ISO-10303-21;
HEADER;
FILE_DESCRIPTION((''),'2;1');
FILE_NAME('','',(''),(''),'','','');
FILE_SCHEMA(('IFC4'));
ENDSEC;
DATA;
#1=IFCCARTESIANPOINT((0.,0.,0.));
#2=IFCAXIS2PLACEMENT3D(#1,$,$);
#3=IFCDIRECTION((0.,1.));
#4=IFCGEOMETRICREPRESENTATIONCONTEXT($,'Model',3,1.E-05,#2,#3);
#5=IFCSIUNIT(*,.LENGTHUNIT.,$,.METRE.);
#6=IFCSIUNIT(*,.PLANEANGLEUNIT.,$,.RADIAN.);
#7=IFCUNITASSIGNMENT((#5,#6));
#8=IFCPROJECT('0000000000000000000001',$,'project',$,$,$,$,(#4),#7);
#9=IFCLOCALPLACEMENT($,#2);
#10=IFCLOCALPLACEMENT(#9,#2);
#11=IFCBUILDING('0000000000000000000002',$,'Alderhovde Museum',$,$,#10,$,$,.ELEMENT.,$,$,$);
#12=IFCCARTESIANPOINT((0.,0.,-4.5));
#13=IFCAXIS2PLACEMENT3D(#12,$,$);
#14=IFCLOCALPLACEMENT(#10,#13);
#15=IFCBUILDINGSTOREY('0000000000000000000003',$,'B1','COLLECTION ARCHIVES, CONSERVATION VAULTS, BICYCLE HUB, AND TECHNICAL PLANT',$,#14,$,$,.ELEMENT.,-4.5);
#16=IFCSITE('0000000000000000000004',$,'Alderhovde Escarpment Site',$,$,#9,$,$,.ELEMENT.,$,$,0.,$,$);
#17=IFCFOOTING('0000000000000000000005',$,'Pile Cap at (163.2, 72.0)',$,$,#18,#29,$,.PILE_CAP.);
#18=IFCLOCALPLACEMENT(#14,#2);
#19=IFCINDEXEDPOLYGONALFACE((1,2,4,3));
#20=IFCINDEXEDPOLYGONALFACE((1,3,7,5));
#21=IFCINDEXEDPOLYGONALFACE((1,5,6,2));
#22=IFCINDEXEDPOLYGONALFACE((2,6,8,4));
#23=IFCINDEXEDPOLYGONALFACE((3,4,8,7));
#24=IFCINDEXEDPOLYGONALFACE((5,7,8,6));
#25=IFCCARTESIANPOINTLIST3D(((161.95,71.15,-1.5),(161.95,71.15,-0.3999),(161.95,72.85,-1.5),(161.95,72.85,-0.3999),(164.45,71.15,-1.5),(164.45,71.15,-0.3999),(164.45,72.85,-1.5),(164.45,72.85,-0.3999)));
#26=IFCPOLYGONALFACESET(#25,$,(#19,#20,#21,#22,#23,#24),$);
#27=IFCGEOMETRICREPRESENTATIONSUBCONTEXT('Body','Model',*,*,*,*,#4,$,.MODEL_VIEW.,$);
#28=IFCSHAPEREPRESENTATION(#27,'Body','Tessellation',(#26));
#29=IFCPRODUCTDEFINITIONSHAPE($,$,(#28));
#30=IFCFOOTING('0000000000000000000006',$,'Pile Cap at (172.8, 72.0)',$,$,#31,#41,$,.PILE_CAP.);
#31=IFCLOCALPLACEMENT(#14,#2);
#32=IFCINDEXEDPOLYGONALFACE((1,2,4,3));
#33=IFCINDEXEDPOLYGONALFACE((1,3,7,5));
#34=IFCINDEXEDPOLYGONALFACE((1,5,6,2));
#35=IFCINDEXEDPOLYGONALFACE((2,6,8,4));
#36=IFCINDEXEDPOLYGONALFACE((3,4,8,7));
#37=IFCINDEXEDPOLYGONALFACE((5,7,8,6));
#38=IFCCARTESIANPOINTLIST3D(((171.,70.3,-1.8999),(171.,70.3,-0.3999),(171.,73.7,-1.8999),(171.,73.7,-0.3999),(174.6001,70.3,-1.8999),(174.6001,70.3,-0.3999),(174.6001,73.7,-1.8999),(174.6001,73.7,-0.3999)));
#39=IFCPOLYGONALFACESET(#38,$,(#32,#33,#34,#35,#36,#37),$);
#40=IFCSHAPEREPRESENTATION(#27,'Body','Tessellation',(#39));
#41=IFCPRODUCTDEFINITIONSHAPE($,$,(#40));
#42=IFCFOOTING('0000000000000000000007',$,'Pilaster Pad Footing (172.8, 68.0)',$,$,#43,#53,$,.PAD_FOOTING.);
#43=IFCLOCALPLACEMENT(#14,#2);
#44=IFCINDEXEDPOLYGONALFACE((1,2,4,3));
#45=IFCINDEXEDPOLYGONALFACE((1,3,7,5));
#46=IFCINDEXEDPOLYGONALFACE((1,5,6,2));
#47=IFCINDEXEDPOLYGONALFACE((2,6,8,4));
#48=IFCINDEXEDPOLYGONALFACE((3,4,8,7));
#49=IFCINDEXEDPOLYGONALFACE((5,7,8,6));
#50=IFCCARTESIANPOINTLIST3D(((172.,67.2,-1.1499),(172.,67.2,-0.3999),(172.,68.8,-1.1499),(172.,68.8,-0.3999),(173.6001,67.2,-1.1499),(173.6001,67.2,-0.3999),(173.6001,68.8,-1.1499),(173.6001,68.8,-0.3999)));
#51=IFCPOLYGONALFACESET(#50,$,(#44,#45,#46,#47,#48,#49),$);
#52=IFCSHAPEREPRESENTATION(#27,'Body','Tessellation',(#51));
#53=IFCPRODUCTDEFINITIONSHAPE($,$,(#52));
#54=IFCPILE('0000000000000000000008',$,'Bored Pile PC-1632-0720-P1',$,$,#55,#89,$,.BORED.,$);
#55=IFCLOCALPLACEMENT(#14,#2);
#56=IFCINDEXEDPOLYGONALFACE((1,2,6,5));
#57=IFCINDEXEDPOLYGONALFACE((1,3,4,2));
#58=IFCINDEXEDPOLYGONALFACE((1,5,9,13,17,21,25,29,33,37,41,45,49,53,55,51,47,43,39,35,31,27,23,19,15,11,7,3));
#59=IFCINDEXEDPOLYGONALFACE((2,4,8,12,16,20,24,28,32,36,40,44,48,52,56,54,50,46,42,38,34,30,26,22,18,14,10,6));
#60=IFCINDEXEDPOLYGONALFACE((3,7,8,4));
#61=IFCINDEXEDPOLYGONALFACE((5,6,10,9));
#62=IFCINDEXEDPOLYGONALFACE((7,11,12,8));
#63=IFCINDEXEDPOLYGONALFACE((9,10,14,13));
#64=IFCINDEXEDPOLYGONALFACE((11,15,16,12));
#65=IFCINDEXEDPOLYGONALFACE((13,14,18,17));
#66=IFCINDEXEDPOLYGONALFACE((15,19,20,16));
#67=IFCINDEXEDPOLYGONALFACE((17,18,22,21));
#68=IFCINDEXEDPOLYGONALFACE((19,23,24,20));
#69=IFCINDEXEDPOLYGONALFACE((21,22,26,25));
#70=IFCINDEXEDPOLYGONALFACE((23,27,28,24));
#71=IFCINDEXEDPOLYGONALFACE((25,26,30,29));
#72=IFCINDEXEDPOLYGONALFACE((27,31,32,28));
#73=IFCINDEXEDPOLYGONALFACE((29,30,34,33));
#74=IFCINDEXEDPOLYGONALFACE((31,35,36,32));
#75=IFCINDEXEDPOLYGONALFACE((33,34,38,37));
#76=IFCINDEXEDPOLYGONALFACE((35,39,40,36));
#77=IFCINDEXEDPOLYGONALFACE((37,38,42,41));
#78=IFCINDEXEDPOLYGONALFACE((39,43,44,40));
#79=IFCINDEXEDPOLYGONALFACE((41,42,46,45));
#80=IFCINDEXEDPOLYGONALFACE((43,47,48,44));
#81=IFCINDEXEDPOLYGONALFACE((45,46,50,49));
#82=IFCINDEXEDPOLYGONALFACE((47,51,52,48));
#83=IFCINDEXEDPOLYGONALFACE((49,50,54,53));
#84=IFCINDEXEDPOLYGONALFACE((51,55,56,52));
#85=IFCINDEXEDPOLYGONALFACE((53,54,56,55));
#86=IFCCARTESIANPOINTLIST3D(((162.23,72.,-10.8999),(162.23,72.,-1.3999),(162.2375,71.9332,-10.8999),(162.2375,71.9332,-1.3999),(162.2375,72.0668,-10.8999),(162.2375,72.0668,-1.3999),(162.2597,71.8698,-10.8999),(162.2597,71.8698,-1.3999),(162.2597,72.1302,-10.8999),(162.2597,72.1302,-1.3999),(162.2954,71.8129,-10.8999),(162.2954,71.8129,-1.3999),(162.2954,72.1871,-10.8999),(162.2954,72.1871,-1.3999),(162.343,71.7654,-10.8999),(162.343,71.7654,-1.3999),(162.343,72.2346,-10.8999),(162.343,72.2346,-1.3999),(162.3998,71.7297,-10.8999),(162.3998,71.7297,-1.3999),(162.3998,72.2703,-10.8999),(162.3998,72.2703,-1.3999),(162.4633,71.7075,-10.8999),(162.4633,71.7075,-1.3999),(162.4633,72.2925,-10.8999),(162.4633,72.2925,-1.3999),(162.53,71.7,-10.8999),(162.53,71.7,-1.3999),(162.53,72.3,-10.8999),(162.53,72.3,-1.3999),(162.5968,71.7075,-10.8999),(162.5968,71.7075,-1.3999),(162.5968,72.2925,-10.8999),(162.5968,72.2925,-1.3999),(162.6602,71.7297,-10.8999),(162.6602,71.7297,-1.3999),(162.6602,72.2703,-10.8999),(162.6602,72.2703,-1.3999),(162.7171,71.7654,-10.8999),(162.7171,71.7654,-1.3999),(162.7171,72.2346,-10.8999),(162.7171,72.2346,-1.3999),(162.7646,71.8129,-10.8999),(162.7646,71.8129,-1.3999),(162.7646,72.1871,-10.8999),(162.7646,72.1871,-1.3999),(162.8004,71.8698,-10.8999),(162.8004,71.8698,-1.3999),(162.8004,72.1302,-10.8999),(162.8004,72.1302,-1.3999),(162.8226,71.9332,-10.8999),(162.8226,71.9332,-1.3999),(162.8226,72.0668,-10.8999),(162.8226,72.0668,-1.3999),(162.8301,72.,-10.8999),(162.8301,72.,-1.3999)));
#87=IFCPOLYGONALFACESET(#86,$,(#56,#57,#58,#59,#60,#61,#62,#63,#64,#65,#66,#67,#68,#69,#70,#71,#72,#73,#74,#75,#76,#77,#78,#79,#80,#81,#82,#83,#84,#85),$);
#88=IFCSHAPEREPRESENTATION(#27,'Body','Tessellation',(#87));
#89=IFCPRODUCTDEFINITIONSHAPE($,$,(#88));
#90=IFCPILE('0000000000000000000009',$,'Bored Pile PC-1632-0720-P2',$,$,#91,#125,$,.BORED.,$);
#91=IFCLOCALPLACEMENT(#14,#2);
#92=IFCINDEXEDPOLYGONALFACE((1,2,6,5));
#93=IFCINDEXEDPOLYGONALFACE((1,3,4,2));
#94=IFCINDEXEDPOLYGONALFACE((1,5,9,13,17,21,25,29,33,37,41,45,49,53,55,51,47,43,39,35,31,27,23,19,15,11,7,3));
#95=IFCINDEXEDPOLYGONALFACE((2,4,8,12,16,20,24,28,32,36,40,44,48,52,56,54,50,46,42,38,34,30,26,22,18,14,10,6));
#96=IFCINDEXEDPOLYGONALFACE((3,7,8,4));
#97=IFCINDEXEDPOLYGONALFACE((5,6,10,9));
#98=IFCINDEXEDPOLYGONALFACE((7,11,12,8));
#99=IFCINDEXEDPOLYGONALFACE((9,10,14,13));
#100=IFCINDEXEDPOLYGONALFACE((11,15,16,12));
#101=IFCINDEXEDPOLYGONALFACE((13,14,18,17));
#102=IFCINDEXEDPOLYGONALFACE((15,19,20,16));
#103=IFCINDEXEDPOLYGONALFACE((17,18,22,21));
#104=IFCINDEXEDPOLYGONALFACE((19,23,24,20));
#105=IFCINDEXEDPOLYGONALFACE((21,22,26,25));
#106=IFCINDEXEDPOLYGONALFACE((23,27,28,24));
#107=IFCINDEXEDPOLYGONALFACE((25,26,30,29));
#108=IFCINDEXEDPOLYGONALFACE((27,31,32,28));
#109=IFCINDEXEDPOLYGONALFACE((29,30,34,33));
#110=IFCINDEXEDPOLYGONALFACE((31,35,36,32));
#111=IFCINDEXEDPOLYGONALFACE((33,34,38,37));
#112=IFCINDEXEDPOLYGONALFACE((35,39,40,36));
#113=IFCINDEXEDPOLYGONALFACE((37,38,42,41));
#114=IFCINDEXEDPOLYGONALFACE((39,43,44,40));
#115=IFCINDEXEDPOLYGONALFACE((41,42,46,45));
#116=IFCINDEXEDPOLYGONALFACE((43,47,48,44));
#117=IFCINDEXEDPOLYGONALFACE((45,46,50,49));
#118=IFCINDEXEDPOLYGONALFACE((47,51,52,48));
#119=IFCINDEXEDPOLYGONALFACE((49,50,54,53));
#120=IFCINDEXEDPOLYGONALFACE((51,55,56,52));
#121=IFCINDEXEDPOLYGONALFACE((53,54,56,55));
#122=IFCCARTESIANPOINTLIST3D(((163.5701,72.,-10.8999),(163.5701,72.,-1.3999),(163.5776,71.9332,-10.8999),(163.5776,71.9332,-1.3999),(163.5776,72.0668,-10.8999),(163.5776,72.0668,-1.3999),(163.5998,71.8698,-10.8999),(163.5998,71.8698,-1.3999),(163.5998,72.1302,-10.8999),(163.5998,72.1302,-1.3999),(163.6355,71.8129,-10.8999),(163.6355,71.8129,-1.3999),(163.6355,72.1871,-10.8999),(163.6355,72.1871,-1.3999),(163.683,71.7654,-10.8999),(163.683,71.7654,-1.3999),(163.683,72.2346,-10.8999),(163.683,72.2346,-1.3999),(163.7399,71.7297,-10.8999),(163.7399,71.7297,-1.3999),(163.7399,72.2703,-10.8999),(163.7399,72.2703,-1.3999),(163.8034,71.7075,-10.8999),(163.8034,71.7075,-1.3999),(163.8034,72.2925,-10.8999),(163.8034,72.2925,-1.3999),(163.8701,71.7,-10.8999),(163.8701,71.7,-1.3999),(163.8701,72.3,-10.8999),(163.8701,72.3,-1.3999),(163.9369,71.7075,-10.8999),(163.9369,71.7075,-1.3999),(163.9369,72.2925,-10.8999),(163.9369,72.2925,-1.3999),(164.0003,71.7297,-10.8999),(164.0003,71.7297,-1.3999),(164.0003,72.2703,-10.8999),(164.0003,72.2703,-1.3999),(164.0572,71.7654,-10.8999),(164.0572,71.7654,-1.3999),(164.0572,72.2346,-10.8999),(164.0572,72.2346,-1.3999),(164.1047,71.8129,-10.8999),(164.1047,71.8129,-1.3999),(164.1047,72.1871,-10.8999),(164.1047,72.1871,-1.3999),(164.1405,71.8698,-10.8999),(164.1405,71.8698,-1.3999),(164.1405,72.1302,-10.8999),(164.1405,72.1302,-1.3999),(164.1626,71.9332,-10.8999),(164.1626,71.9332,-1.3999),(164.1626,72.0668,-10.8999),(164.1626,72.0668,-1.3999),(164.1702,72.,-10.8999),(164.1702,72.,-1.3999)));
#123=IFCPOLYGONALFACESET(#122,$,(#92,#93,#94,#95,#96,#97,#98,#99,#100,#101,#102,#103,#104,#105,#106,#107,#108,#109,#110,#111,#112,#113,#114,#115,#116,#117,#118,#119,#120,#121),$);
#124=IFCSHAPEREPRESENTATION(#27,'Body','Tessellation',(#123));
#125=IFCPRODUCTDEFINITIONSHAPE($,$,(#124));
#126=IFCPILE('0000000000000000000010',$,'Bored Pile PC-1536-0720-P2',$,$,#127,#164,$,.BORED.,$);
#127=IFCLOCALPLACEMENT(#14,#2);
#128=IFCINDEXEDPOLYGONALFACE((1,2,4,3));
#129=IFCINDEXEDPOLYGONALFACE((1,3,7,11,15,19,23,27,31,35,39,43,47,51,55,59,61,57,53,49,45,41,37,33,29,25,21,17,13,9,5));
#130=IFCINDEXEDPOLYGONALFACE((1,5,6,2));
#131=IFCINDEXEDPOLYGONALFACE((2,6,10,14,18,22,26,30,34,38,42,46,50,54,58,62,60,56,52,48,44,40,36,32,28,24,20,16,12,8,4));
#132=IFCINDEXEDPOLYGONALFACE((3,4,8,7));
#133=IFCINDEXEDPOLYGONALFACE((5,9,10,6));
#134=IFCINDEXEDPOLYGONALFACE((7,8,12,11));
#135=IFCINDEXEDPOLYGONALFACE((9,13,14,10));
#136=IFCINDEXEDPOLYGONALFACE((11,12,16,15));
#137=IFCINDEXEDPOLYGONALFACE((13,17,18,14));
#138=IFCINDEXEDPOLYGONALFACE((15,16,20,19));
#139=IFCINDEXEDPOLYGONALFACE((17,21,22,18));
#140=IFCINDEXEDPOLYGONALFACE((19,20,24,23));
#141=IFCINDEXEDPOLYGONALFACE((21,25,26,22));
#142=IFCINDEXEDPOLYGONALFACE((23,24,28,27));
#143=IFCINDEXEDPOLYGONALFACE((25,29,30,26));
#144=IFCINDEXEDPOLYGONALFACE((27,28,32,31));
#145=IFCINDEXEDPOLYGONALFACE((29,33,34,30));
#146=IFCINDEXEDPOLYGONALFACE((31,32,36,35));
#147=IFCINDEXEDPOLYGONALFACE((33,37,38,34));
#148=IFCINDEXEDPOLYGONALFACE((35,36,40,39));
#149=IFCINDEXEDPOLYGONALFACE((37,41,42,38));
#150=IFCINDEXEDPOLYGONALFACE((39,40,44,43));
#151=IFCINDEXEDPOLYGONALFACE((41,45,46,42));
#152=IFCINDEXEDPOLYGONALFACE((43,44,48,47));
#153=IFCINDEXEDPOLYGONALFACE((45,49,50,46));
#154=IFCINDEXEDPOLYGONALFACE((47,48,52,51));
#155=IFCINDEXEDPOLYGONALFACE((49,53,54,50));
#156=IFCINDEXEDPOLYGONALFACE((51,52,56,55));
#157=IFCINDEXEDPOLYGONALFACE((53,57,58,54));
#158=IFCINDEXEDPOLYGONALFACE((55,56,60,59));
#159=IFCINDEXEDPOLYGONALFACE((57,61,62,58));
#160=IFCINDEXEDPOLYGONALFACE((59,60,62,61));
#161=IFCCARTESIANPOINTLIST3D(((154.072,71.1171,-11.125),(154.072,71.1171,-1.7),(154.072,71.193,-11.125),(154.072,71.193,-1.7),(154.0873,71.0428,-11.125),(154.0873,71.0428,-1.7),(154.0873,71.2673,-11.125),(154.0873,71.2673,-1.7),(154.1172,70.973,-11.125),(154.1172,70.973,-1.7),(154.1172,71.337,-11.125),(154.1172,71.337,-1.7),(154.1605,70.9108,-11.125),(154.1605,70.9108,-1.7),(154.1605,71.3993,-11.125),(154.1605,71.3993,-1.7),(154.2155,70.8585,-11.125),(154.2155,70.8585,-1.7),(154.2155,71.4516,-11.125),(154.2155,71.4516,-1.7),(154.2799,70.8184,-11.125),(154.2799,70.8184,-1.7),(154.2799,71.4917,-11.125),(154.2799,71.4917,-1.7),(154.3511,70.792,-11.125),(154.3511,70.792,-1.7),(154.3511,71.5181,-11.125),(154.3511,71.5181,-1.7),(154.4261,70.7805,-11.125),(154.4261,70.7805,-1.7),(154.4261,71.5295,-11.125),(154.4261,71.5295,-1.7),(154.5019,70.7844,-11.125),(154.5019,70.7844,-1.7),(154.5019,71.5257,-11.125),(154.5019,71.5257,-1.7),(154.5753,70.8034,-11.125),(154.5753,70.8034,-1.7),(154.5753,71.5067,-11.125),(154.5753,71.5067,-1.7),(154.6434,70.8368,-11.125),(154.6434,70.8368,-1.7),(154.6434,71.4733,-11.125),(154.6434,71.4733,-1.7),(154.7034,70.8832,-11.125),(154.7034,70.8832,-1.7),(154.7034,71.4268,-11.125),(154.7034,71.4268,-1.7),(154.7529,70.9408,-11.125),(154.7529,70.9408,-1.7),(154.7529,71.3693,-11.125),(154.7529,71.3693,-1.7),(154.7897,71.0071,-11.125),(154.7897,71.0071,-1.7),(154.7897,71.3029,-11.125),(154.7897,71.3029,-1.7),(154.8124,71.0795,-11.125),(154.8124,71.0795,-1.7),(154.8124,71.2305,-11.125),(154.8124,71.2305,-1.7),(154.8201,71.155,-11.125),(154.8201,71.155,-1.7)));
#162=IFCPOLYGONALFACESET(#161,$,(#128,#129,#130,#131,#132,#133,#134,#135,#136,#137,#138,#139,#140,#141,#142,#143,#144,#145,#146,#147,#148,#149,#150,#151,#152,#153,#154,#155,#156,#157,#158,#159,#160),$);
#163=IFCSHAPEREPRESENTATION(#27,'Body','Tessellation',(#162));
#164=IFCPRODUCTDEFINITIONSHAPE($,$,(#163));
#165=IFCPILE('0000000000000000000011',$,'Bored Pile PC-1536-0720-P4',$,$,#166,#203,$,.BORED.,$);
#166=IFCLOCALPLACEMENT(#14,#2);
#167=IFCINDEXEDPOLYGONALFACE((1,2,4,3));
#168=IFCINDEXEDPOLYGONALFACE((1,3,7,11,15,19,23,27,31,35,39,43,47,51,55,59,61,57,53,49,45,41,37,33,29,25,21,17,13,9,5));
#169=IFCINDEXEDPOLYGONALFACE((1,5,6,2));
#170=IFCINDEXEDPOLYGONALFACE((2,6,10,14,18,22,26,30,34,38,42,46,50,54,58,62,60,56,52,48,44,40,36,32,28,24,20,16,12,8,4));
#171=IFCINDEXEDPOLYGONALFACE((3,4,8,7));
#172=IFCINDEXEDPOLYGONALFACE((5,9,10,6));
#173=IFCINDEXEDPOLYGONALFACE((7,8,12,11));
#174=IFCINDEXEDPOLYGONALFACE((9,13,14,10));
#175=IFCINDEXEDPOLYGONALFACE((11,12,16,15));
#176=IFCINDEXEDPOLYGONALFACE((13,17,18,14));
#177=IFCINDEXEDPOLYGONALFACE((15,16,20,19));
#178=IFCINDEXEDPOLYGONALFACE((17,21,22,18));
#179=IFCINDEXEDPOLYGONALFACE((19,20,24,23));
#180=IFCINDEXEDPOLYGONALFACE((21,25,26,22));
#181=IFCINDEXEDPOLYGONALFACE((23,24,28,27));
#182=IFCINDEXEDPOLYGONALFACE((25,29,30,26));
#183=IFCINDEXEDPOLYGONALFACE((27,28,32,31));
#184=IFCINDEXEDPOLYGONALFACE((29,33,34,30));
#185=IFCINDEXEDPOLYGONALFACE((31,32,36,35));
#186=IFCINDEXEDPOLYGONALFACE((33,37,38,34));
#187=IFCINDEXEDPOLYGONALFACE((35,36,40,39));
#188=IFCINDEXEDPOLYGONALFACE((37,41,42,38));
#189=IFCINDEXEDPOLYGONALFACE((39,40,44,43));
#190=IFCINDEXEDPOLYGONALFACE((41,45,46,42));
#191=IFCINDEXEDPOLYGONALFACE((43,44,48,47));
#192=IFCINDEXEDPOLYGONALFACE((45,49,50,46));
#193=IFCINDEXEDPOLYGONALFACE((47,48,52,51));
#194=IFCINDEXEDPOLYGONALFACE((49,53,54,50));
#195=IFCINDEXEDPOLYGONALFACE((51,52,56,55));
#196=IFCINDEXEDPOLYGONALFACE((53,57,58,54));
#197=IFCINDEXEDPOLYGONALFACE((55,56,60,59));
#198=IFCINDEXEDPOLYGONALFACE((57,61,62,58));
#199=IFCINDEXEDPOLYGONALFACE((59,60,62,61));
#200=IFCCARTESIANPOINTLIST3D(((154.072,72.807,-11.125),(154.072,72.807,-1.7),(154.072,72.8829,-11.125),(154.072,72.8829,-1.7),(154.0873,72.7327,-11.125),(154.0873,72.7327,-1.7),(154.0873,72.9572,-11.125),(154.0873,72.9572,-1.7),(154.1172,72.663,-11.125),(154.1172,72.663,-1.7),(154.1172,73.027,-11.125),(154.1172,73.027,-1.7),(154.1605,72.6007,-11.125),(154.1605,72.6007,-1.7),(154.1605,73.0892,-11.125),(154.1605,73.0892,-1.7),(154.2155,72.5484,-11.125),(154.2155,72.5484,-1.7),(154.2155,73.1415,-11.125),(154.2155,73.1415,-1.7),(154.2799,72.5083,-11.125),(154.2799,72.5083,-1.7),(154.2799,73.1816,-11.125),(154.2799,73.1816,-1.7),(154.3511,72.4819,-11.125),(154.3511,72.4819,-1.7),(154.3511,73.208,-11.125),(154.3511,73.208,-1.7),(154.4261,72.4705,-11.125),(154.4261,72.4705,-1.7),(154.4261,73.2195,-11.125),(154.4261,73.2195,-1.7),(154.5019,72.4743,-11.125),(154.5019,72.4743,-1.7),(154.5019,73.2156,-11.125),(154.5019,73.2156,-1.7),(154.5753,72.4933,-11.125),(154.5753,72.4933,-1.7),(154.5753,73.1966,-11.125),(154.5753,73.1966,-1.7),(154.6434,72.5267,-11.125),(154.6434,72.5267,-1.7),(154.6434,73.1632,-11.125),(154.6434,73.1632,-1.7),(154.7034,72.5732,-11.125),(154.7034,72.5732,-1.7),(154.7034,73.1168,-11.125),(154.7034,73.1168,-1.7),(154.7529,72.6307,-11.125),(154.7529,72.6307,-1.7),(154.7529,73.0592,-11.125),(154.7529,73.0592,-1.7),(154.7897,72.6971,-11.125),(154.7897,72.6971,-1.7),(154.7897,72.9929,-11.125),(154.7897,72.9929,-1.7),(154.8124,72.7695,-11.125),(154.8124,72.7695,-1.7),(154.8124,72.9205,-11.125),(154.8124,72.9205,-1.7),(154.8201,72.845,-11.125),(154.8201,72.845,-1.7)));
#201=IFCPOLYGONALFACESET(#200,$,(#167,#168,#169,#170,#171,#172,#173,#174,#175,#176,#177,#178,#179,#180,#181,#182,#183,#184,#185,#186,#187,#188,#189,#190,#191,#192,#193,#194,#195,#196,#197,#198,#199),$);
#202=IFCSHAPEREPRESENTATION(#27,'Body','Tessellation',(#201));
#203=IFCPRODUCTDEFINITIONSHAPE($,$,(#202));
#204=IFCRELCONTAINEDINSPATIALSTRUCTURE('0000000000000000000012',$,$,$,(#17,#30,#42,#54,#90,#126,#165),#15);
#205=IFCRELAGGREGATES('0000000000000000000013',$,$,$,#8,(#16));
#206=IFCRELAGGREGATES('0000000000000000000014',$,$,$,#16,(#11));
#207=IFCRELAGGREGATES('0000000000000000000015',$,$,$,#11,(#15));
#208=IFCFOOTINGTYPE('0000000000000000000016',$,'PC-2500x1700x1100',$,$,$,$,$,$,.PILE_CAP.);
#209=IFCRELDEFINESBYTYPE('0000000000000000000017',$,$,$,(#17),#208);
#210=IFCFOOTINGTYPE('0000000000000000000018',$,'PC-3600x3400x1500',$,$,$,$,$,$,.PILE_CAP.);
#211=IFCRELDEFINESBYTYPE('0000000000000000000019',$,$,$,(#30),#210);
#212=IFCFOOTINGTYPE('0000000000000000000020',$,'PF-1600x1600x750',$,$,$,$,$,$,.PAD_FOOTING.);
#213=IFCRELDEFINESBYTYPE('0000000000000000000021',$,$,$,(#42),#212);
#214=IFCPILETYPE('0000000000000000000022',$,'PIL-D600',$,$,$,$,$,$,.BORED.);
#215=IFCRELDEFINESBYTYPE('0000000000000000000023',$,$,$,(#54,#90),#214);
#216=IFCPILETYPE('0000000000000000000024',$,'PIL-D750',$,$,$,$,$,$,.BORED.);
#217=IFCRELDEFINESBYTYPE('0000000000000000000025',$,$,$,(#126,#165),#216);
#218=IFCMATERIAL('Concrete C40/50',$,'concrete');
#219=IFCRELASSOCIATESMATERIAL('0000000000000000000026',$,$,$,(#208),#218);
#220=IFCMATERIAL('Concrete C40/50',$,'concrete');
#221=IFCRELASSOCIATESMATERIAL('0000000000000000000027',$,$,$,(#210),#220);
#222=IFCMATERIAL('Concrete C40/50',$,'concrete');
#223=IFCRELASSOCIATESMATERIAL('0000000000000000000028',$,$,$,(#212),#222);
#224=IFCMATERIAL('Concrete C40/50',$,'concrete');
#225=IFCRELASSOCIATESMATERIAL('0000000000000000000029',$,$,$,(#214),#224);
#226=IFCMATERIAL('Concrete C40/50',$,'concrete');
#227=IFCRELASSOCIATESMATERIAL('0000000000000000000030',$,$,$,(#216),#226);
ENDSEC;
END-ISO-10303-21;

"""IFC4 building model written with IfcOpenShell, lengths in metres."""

from ifc_helpers import new_model, si_unit, direction, frame, origin, origin_2d, place, context, subcontext, project, spatial, rectangle, circle, extrude, material, material_profile, profile_set, type_object, element, save


model = new_model("IFC4")

# Units and contexts
model_context = context("Model", 3, precision=1e-05, world=origin(), true_north=direction((0.0, 1.0)))
body_context = subcontext(model_context, "Body", "Model", "MODEL_VIEW")
ifc_project = project(units=[si_unit("LENGTHUNIT", "METRE"), si_unit("PLANEANGLEUNIT", "RADIAN")], contexts=[model_context])

# Site, building, storey
site_placement = place(None, origin())
site = spatial("IfcSite", under=ifc_project, at=site_placement, Name="Alderhovde Escarpment Site", CompositionType="ELEMENT", RefElevation=0.0)
building_placement = place(site_placement, origin())
building = spatial("IfcBuilding", under=site, at=building_placement, Name="Alderhovde Museum", CompositionType="ELEMENT")
storey_placement = place(building_placement, frame((0.0, 0.0, -4.5)))
storey = spatial("IfcBuildingStorey", under=building, at=storey_placement, Name="B1", Description="COLLECTION ARCHIVES, CONSERVATION VAULTS, BICYCLE HUB, AND TECHNICAL PLANT", CompositionType="ELEMENT", Elevation=-4.5)

# Footings
ifc_material_1 = material(Name="Concrete C40/50", Category="concrete")
footing_type_1 = type_object("IfcFootingType", Name="PC-2500x1700x1100", PredefinedType="PILE_CAP", material=ifc_material_1)
footing_1_placement = place(storey_placement, frame((163.2, 72.0, -1.5), z_axis=(0.0, 0.0, 1.0), x_axis=(1.0, 0.0, 0.0)))
element("IfcFooting", 1, at=footing_1_placement, inside=storey, type_object=footing_type_1, Name="Pile Cap at (163.2, 72.0)", PredefinedType="PILE_CAP", context=body_context, shape_type="SweptSolid", body=[
    extrude(rectangle(XDim=2.5, YDim=1.7, at=origin_2d()), origin(), (0.0, 0.0, 1.0), 1.1001),
])
ifc_material_2 = material(Name="Concrete C40/50", Category="concrete")
footing_type_2 = type_object("IfcFootingType", Name="PC-3600x3400x1500", PredefinedType="PILE_CAP", material=ifc_material_2)
footing_2_placement = place(storey_placement, frame((172.8, 72.0, -1.8999), z_axis=(0.0, 0.0, 1.0), x_axis=(1.0, 0.0, 0.0)))
element("IfcFooting", 2, at=footing_2_placement, inside=storey, type_object=footing_type_2, Name="Pile Cap at (172.8, 72.0)", PredefinedType="PILE_CAP", context=body_context, shape_type="SweptSolid", body=[
    extrude(rectangle(XDim=3.6001, YDim=3.3999, at=origin_2d()), origin(), (0.0, 0.0, 1.0), 1.5),
])
ifc_material_3 = material(Name="Concrete C40/50", Category="concrete")
footing_type_3 = type_object("IfcFootingType", Name="PF-1600x1600x750", PredefinedType="PAD_FOOTING", material=ifc_material_3)
footing_3_placement = place(storey_placement, frame((172.8, 68.0, -1.1499), z_axis=(0.0, 0.0, 1.0), x_axis=(1.0, 0.0, 0.0)))
element("IfcFooting", 3, at=footing_3_placement, inside=storey, type_object=footing_type_3, Name="Pilaster Pad Footing (172.8, 68.0)", PredefinedType="PAD_FOOTING", context=body_context, shape_type="SweptSolid", body=[
    extrude(rectangle(XDim=1.6001, YDim=1.6001, at=origin_2d()), origin(), (0.0, 0.0, 1.0), 0.75),
])

# Piles
ifc_material_4 = material(Name="Concrete C40/50", Category="concrete")
ifc_material_profile_1 = material_profile(ifc_material_4, circle(Radius=0.3, at=origin_2d()), Name="PILE-D600")
ifc_profile_set_1 = profile_set([ifc_material_profile_1], Name="Concrete C40/50")
pile_type_1 = type_object("IfcPileType", Name="PIL-D600", PredefinedType="BORED", material=ifc_profile_set_1)
for number, where, z_axis, x_axis, name in (
    (4, (162.53, 72.0, -1.3999), (0.0, 0.0, -1.0), (1.0, 0.0, 0.0), "Bored Pile PC-1632-0720-P1"),
    (5, (163.8701, 72.0, -1.3999), (0.0, 0.0, -1.0), (1.0, 0.0, 0.0), "Bored Pile PC-1632-0720-P2"),
):
    element("IfcPile", number, at=place(storey_placement, frame(where, z_axis=z_axis, x_axis=x_axis)), inside=storey, type_object=pile_type_1, Name=name, PredefinedType="BORED", context=body_context, shape_type="SweptSolid", body=[
        extrude(circle(Radius=0.3, at=origin_2d()), origin(), (0.0, 0.0, 1.0), 9.5),
    ])
ifc_material_5 = material(Name="Concrete C40/50", Category="concrete")
ifc_material_profile_2 = material_profile(ifc_material_5, circle(Radius=0.375, at=origin_2d()), Name="PILE-D750")
ifc_profile_set_2 = profile_set([ifc_material_profile_2], Name="Concrete C40/50")
pile_type_2 = type_object("IfcPileType", Name="PIL-D750", PredefinedType="BORED", material=ifc_profile_set_2)
for number, where, z_axis, x_axis, name in (
    (6, (154.4451, 71.155, -1.7), (0.0, 0.0, -1.0), (1.0, 0.0, 0.0), "Bored Pile PC-1536-0720-P2"),
    (7, (154.4451, 72.845, -1.7), (0.0, 0.0, -1.0), (1.0, 0.0, 0.0), "Bored Pile PC-1536-0720-P4"),
):
    element("IfcPile", number, at=place(storey_placement, frame(where, z_axis=z_axis, x_axis=x_axis)), inside=storey, type_object=pile_type_2, Name=name, PredefinedType="BORED", context=body_context, shape_type="SweptSolid", body=[
        extrude(circle(Radius=0.375, at=origin_2d()), origin(), (0.0, 0.0, 1.0), 9.425),
    ])

save(model, "model.ifc")
